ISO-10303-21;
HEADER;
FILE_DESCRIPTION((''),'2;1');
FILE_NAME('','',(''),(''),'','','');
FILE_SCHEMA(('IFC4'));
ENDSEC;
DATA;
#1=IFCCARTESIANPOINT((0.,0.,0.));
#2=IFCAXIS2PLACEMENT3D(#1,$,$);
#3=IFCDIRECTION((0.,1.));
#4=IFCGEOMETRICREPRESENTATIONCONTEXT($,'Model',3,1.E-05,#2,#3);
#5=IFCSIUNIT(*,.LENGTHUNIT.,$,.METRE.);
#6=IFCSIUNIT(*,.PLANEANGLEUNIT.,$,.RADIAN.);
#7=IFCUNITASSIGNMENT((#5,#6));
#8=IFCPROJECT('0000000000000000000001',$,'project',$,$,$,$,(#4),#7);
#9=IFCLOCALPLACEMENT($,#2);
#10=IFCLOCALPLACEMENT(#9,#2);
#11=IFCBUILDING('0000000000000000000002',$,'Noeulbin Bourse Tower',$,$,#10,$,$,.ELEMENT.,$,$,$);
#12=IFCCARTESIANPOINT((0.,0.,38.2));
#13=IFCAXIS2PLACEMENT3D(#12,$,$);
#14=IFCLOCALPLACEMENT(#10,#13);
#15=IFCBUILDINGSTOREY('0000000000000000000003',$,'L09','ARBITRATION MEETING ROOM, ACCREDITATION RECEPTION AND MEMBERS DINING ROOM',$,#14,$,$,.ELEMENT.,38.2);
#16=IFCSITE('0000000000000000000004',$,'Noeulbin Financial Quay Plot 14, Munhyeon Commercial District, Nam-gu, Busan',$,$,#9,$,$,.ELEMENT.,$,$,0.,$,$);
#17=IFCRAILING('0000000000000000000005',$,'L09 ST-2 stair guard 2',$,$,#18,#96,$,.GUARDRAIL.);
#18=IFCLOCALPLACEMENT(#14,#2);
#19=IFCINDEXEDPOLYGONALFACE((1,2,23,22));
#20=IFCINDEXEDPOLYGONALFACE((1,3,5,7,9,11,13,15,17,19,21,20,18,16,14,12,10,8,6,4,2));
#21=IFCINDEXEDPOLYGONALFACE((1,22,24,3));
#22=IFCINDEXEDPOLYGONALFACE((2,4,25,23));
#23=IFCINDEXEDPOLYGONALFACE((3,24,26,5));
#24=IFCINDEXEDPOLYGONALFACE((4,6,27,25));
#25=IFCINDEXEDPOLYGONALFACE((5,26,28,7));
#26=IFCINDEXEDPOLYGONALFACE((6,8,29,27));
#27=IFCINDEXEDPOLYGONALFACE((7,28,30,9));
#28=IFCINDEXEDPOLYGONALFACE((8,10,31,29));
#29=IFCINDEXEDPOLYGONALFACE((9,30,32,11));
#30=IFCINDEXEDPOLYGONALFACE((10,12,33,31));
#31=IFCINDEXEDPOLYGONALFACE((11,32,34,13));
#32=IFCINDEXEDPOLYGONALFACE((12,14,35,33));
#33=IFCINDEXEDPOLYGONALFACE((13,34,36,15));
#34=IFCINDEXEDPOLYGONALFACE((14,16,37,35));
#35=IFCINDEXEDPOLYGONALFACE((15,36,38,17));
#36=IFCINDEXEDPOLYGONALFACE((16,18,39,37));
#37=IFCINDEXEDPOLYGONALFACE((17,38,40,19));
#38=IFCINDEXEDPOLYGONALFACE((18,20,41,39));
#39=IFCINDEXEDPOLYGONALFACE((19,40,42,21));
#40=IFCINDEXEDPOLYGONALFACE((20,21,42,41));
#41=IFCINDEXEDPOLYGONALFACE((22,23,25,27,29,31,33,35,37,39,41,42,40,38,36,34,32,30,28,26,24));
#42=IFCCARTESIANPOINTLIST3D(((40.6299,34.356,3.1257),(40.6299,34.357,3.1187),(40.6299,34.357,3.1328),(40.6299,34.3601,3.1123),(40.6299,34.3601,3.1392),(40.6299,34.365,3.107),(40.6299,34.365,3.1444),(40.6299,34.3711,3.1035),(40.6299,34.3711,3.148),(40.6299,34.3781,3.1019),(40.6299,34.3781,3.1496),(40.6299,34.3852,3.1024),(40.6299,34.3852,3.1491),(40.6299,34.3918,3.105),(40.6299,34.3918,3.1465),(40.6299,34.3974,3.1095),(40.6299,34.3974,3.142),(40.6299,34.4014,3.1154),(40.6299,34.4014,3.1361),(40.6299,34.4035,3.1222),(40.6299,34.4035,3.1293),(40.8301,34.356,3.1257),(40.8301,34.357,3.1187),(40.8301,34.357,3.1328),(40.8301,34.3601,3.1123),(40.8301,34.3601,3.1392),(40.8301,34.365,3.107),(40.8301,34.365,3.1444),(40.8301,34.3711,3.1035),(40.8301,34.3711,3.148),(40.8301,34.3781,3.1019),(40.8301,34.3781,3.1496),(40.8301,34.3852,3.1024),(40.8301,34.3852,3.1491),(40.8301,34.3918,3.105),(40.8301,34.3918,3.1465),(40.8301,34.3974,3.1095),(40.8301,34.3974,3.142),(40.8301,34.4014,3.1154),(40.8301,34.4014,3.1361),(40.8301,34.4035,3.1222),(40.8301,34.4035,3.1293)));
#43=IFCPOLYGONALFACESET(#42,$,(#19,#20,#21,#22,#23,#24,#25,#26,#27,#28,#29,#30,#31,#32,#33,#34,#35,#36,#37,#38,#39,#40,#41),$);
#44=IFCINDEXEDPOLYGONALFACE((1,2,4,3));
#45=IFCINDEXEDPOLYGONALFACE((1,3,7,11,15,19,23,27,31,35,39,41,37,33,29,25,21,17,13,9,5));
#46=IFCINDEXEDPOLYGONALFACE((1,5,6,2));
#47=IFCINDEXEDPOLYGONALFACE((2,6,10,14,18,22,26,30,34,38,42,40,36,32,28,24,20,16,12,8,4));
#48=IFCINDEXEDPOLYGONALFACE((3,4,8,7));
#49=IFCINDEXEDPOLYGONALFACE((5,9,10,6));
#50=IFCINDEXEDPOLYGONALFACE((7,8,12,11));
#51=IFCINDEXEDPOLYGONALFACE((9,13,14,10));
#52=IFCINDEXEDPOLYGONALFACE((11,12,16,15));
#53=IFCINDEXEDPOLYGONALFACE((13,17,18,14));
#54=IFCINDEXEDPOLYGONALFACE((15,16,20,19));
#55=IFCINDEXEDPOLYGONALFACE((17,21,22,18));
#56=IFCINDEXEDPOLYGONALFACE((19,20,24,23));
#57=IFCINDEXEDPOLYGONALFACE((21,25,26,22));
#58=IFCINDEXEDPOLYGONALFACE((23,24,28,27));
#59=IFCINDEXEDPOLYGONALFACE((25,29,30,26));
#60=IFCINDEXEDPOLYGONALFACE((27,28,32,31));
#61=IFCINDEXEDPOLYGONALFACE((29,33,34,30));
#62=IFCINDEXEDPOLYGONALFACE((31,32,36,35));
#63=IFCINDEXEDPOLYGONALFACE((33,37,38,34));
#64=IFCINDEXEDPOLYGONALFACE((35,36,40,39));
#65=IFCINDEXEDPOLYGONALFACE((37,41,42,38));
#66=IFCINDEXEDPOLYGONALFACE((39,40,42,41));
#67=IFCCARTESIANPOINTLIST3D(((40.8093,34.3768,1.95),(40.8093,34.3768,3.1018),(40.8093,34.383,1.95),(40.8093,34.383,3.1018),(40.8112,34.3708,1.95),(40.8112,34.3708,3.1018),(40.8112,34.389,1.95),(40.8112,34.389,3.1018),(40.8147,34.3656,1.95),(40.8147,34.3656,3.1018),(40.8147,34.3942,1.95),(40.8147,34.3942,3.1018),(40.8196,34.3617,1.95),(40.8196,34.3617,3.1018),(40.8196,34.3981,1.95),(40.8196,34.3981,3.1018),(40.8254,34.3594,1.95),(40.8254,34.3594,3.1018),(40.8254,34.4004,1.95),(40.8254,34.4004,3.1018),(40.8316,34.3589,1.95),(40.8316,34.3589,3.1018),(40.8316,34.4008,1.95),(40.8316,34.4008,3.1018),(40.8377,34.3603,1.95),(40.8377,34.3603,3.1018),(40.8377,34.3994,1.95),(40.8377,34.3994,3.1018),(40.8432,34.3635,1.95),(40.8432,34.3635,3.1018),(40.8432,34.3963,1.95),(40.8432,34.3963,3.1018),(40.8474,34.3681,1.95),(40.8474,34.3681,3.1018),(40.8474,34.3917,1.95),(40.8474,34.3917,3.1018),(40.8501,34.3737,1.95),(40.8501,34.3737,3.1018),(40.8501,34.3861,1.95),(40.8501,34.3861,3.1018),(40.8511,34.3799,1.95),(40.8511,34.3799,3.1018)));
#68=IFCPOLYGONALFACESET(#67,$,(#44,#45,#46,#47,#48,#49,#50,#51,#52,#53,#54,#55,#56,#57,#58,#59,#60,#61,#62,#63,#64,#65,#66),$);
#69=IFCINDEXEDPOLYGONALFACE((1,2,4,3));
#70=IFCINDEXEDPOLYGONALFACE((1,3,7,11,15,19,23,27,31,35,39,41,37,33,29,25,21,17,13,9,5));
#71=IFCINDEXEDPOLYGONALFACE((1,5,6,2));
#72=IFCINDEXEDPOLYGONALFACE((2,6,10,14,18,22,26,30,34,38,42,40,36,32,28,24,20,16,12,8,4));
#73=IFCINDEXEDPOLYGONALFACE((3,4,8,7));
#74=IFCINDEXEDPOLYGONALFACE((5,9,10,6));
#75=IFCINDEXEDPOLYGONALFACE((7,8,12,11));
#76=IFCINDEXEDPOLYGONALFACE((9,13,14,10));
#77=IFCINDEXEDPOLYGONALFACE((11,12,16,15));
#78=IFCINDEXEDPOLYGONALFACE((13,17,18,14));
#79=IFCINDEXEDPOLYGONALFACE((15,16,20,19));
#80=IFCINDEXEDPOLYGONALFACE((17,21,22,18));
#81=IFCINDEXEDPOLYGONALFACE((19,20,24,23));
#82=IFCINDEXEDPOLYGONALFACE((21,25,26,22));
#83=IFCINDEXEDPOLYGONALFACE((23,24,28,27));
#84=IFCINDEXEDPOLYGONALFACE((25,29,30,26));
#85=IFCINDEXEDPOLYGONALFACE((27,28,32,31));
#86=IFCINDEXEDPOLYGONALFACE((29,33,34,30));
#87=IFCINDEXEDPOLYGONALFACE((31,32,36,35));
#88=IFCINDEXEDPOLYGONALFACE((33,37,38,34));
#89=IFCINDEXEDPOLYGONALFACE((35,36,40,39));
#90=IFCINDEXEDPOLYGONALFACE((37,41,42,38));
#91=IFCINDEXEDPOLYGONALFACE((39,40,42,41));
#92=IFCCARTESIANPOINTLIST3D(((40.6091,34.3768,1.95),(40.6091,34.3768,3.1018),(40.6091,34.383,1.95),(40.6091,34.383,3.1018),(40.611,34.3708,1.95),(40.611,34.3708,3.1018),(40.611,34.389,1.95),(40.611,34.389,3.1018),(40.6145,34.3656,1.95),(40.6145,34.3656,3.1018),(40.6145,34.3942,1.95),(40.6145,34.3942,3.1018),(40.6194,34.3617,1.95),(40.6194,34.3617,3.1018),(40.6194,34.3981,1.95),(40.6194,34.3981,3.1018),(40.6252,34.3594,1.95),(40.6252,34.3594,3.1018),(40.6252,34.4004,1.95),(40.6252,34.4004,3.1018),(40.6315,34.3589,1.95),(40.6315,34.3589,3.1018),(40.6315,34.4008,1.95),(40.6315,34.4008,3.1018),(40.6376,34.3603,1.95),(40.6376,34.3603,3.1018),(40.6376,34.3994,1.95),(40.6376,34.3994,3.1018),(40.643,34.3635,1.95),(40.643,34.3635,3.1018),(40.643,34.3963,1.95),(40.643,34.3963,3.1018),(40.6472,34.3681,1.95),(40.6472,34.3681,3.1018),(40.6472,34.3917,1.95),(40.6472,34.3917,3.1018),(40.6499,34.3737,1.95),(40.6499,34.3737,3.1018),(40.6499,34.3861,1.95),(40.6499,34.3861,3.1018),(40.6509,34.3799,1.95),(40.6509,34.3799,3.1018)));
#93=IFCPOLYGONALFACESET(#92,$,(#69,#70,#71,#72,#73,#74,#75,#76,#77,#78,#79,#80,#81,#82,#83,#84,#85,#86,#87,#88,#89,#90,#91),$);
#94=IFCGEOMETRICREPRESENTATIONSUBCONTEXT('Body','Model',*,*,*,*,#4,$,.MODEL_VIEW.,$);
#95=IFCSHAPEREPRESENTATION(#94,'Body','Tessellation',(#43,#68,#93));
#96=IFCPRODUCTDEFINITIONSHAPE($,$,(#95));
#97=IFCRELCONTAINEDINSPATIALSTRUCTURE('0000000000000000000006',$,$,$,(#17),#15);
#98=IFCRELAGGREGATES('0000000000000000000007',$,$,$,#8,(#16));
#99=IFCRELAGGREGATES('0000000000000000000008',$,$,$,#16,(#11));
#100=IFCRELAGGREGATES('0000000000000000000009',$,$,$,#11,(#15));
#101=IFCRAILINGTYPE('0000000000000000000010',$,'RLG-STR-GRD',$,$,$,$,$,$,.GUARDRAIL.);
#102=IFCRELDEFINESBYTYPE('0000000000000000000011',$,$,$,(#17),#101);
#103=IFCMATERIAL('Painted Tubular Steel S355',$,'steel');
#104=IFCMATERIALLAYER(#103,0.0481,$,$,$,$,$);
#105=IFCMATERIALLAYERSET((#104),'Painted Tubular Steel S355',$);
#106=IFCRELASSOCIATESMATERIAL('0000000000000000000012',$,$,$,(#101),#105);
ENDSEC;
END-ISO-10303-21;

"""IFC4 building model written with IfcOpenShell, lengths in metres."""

from ifc_helpers import new_model, si_unit, direction, frame, origin, origin_2d, place, context, subcontext, project, spatial, circle, extrude, material, layer, layer_set, type_object, element, save


model = new_model("IFC4")

# Units and contexts
model_context = context("Model", 3, precision=1e-05, world=origin(), true_north=direction((0.0, 1.0)))
body_context = subcontext(model_context, "Body", "Model", "MODEL_VIEW")
ifc_project = project(units=[si_unit("LENGTHUNIT", "METRE"), si_unit("PLANEANGLEUNIT", "RADIAN")], contexts=[model_context])

# Site, building, storey
site_placement = place(None, origin())
site = spatial("IfcSite", under=ifc_project, at=site_placement, Name="Noeulbin Financial Quay Plot 14, Munhyeon Commercial District, Nam-gu, Busan", CompositionType="ELEMENT", RefElevation=0.0)
building_placement = place(site_placement, origin())
building = spatial("IfcBuilding", under=site, at=building_placement, Name="Noeulbin Bourse Tower", CompositionType="ELEMENT")
storey_placement = place(building_placement, frame((0.0, 0.0, 38.2)))
storey = spatial("IfcBuildingStorey", under=building, at=storey_placement, Name="L09", Description="ARBITRATION MEETING ROOM, ACCREDITATION RECEPTION AND MEMBERS DINING ROOM", CompositionType="ELEMENT", Elevation=38.2)

# Railing
ifc_material_1 = material(Name="Painted Tubular Steel S355", Category="steel")
ifc_layer_1 = layer(ifc_material_1, 0.0481)
ifc_layer_set_1 = layer_set([ifc_layer_1], Name="Painted Tubular Steel S355")
railing_type_1 = type_object("IfcRailingType", Name="RLG-STR-GRD", PredefinedType="GUARDRAIL", material=ifc_layer_set_1)
railing_1_placement = place(storey_placement, frame((40.8301, 34.3799, 1.95)))
element("IfcRailing", 1, at=railing_1_placement, inside=storey, type_object=railing_type_1, Name="L09 ST-2 stair guard 2", PredefinedType="GUARDRAIL", context=body_context, shape_type="SweptSolid", body=[
    extrude(circle(Radius=0.0239, at=origin_2d()), frame((0.0, 0.0, 1.1758), z_axis=(-1.0, 0.0, 0.0), x_axis=(0.0, -1.0, 0.0)), (0.0, 0.0, 1.0), 0.2002),
    extrude(circle(Radius=0.021, at=origin_2d()), origin(), (0.0, 0.0, 1.0), 1.1519),
    extrude(circle(Radius=0.021, at=origin_2d()), frame((-0.2002, 0.0, 0.0)), (0.0, 0.0, 1.0), 1.1519),
])

save(model, "model.ifc")
